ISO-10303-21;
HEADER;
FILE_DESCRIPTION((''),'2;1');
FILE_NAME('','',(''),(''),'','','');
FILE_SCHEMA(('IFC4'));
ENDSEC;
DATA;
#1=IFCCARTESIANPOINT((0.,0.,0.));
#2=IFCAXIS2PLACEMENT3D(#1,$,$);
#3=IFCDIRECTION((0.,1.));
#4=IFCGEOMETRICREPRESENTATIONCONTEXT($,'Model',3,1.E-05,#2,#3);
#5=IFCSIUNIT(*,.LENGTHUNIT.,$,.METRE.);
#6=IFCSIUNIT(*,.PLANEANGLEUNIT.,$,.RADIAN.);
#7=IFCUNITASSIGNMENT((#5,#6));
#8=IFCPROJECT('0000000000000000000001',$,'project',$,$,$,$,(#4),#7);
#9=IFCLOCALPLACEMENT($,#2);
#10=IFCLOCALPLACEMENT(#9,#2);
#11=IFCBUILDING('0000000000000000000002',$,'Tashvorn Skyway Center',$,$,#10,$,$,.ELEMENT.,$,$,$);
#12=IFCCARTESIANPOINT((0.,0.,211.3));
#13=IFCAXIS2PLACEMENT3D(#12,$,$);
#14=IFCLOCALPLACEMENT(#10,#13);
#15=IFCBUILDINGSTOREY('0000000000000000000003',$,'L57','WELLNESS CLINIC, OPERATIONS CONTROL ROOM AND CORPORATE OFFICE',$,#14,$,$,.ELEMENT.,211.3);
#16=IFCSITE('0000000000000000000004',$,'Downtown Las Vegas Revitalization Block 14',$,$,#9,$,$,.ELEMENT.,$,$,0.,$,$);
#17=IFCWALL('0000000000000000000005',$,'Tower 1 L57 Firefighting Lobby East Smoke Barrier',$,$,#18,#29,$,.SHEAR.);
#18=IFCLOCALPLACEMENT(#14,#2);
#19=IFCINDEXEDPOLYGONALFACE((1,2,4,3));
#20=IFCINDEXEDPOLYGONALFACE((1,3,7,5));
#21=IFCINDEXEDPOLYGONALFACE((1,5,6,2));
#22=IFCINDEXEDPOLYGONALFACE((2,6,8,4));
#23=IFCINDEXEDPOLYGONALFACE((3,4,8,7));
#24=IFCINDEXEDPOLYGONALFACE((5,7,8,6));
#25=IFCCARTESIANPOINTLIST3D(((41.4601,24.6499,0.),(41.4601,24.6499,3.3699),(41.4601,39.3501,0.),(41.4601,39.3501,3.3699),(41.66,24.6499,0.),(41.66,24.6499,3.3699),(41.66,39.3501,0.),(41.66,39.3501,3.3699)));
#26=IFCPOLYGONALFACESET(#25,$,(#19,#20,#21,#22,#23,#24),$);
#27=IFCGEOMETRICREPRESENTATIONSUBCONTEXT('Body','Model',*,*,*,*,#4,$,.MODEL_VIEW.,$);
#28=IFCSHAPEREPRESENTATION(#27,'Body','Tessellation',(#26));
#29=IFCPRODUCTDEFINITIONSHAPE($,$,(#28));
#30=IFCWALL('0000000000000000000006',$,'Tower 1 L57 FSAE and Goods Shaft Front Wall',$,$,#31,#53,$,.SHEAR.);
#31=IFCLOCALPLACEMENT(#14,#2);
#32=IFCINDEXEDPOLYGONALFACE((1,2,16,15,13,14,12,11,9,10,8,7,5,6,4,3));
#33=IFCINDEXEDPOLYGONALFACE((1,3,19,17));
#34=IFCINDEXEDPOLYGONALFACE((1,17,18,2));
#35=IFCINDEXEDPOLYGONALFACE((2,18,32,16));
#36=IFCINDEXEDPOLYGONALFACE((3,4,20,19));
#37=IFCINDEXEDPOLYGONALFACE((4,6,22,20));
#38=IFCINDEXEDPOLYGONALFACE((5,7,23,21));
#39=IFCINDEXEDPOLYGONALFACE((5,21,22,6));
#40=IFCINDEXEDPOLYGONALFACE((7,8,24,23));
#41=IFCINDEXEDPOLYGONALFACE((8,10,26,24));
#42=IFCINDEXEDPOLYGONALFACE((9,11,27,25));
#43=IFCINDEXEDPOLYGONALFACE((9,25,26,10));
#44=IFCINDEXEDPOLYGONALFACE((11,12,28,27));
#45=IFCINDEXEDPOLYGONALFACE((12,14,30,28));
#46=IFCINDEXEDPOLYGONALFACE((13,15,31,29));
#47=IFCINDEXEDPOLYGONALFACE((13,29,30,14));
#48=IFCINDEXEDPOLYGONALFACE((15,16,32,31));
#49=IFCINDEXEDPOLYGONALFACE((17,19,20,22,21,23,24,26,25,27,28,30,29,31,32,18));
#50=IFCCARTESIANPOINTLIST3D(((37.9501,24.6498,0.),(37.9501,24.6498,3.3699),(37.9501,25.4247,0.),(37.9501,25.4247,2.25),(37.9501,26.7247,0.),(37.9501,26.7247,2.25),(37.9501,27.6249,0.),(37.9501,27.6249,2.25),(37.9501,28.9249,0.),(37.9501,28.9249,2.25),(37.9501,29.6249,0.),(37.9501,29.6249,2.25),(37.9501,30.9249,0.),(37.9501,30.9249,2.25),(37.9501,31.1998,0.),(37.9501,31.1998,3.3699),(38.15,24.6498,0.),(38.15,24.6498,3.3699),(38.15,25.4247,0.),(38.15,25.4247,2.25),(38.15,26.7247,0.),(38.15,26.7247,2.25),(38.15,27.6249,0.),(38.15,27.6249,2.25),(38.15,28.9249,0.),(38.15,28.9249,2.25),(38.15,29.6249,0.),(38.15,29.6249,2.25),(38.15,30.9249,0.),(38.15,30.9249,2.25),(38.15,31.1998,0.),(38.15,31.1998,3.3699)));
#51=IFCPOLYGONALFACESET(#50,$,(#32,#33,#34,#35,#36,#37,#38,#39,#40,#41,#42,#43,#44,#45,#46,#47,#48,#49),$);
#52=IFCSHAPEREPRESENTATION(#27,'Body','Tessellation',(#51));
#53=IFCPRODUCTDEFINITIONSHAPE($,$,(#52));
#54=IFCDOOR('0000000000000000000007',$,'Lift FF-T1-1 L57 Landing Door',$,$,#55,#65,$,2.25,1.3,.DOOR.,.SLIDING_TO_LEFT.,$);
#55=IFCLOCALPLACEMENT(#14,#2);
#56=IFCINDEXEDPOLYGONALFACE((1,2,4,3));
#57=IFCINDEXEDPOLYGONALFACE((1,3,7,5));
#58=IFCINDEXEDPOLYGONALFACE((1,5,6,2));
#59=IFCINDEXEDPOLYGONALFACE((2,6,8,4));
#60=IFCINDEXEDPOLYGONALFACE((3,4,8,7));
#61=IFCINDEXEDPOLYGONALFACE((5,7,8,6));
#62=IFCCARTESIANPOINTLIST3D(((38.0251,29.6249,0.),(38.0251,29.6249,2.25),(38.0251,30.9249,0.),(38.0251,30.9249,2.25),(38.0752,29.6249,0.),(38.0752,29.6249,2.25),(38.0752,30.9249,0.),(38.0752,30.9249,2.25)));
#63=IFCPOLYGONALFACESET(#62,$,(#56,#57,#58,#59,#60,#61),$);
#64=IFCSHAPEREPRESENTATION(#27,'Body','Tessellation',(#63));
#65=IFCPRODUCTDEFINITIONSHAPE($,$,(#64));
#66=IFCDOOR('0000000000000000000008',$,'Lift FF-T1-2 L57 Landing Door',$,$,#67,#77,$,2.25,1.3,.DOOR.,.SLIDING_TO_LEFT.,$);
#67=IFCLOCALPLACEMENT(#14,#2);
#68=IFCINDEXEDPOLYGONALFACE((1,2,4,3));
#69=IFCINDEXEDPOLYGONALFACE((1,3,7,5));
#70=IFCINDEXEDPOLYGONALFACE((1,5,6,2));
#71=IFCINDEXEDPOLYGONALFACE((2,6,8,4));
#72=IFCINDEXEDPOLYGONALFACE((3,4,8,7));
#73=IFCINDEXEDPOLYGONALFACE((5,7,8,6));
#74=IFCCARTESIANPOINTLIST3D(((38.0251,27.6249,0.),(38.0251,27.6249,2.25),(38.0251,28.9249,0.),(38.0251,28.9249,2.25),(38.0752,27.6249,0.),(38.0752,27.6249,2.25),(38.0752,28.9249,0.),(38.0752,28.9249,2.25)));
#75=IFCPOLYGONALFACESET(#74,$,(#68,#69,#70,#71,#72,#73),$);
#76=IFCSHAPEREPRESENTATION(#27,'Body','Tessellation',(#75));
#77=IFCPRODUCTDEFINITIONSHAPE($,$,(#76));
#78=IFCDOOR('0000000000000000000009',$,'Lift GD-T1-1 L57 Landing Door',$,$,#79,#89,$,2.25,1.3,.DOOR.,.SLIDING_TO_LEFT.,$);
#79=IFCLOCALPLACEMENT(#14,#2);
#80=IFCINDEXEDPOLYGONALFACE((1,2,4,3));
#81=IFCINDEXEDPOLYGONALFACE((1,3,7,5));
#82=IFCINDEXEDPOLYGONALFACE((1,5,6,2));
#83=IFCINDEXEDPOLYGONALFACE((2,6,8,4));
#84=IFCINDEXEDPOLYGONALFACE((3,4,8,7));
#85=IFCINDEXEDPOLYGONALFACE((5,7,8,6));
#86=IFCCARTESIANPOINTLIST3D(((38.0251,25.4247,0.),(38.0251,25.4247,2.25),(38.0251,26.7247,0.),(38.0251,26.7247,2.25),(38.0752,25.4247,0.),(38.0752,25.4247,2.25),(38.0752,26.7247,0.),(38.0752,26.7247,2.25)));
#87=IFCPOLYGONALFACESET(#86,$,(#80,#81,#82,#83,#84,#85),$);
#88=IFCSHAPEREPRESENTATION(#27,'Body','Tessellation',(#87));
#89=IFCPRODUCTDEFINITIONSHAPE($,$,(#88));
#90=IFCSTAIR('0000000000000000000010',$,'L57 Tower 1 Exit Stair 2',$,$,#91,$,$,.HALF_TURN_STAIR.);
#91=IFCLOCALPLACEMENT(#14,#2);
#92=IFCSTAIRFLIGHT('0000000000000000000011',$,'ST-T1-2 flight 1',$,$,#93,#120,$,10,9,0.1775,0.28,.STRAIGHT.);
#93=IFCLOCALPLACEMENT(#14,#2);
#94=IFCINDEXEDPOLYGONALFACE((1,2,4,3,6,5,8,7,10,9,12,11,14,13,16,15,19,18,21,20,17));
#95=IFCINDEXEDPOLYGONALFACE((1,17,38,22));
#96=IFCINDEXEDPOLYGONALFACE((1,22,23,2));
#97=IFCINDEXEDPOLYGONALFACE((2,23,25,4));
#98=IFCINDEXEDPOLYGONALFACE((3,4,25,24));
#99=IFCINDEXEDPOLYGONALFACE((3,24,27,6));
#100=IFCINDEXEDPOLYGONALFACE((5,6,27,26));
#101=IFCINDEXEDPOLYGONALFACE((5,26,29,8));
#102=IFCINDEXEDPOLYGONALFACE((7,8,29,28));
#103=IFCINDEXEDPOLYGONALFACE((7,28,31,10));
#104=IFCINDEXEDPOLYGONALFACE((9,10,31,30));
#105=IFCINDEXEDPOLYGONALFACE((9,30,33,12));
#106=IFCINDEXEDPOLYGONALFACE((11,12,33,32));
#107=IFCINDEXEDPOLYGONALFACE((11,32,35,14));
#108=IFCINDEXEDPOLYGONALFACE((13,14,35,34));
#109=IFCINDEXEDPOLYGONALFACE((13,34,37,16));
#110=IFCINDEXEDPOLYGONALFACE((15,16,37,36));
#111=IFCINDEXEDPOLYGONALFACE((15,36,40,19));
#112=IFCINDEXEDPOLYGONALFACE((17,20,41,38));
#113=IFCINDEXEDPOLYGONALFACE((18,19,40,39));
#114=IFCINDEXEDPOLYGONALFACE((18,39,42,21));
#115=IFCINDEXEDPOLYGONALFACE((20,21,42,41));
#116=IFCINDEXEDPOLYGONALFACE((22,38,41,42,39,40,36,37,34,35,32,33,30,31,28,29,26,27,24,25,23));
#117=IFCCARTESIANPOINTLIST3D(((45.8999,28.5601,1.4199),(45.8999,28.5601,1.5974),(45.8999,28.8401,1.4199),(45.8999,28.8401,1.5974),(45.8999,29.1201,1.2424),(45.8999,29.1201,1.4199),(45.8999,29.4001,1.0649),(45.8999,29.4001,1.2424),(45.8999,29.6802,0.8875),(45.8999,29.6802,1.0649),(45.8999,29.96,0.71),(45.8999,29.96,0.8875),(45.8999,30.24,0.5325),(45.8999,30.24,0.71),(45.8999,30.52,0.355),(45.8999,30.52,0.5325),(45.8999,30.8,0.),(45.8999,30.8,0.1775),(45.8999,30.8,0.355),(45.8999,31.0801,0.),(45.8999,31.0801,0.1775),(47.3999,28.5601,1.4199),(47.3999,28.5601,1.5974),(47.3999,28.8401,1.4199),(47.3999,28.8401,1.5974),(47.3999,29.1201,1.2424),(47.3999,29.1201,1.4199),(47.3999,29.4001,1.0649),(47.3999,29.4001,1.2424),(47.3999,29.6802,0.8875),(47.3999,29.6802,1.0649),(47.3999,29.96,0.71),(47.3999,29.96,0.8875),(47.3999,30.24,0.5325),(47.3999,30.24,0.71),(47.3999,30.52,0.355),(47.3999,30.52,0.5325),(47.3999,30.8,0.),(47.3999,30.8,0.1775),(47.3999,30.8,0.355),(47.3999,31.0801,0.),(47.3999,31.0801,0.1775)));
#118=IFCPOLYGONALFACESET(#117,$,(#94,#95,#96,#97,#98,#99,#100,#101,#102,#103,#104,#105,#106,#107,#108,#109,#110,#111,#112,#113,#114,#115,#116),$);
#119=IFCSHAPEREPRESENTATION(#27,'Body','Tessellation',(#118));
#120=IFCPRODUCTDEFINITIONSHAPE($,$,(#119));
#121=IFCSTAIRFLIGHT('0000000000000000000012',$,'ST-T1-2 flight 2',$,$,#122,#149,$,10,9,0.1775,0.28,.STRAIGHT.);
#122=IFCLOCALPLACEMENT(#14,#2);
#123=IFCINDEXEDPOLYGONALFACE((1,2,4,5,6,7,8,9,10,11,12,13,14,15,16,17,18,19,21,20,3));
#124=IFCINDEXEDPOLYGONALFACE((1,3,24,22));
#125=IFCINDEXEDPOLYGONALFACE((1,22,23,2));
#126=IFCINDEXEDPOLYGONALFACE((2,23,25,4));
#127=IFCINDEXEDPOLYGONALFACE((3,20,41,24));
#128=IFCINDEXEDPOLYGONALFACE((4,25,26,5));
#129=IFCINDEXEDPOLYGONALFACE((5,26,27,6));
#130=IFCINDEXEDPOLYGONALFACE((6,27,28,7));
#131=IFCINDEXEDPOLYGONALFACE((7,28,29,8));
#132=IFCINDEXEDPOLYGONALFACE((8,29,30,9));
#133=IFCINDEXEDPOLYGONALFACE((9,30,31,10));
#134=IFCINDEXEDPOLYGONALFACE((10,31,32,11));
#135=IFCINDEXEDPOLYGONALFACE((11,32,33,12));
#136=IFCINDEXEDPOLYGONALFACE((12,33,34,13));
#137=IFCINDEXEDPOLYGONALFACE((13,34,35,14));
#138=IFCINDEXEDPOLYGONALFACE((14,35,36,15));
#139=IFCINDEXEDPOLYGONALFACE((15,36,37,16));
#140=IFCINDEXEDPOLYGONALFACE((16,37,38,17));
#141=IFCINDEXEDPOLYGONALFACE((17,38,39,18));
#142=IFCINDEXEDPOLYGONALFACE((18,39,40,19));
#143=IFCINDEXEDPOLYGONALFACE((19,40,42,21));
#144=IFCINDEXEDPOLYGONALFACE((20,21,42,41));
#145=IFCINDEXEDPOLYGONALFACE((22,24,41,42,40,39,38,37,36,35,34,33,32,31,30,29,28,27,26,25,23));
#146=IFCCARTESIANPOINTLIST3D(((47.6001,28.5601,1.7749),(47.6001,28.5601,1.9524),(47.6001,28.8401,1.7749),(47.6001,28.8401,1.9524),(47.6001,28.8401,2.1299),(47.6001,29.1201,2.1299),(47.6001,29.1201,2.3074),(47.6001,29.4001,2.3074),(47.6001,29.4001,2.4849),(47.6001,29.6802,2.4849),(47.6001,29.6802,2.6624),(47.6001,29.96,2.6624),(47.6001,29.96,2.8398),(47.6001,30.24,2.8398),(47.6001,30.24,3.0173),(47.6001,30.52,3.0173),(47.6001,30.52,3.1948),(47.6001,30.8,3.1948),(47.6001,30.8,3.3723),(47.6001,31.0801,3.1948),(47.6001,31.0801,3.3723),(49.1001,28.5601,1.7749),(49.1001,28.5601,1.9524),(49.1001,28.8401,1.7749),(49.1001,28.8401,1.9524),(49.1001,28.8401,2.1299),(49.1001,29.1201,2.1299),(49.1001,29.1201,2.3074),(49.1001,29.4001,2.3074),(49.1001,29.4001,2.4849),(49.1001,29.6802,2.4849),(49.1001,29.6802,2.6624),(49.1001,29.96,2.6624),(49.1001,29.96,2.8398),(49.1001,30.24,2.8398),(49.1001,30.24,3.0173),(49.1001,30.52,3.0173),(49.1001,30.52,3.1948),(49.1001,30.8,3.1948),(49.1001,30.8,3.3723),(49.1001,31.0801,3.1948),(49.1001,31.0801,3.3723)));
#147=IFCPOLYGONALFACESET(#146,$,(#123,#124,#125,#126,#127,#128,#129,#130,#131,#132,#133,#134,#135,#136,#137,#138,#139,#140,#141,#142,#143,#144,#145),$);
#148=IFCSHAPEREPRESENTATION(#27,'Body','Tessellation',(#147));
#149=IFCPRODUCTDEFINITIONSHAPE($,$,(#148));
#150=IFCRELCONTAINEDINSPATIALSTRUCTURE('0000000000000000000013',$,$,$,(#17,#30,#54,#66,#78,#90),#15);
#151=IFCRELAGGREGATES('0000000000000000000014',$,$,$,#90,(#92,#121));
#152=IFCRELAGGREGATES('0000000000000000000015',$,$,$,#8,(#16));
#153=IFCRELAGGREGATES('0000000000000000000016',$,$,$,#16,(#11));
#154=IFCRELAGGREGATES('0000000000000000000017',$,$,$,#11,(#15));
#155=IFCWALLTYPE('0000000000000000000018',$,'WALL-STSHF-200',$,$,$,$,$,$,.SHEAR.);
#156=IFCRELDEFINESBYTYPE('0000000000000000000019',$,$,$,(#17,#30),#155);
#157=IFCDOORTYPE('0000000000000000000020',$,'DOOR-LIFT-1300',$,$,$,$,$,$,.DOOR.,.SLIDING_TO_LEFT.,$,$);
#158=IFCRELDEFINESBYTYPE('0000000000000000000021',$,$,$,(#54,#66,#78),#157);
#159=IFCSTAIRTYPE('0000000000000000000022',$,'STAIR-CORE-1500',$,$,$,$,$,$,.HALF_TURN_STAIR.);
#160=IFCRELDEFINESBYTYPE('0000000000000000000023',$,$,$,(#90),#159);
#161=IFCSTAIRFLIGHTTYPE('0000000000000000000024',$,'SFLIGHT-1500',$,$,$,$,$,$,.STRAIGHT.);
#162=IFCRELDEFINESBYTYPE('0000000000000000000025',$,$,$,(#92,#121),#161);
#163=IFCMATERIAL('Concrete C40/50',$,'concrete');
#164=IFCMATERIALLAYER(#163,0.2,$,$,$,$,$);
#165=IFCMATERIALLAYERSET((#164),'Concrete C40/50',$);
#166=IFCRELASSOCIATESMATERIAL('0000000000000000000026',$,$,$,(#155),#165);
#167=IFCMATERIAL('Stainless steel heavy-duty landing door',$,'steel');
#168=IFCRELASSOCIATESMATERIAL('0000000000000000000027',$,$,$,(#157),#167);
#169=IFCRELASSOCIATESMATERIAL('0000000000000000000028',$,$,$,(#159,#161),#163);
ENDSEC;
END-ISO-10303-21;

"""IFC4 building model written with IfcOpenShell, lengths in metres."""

from ifc_helpers import new_model, si_unit, direction, frame, frame_2d, origin, place, context, subcontext, project, spatial, polyline, rectangle, outline, extrude, material, layer, layer_set, type_object, element, fill, aggregate, save


model = new_model("IFC4")

# Units and contexts
model_context = context("Model", 3, precision=1e-05, world=origin(), true_north=direction((0.0, 1.0)))
body_context = subcontext(model_context, "Body", "Model", "MODEL_VIEW")
ifc_project = project(units=[si_unit("LENGTHUNIT", "METRE"), si_unit("PLANEANGLEUNIT", "RADIAN")], contexts=[model_context])

# Site, building, storey
site_placement = place(None, origin())
site = spatial("IfcSite", under=ifc_project, at=site_placement, Name="Downtown Las Vegas Revitalization Block 14", CompositionType="ELEMENT", RefElevation=0.0)
building_placement = place(site_placement, origin())
building = spatial("IfcBuilding", under=site, at=building_placement, Name="Tashvorn Skyway Center", CompositionType="ELEMENT")
storey_placement = place(building_placement, frame((0.0, 0.0, 211.3)))
storey = spatial("IfcBuildingStorey", under=building, at=storey_placement, Name="L57", Description="WELLNESS CLINIC, OPERATIONS CONTROL ROOM AND CORPORATE OFFICE", CompositionType="ELEMENT", Elevation=211.3)

# Shared definitions
ifc_material_1 = material(Name="Concrete C40/50", Category="concrete")

# Shared definitions
ifc_layer_1 = layer(ifc_material_1, 0.2)
ifc_layer_set_1 = layer_set([ifc_layer_1], Name="Concrete C40/50")
wall_type_1 = type_object("IfcWallType", Name="WALL-STSHF-200", PredefinedType="SHEAR", material=ifc_layer_set_1)

# Wall
wall_1_placement = place(storey_placement, frame((41.5601, 24.6499, 0.0), z_axis=(0.0, 0.0, 1.0), x_axis=(0.0, 1.0, 0.0)))
element("IfcWall", 1, at=wall_1_placement, inside=storey, type_object=wall_type_1, Name="Tower 1 L57 Firefighting Lobby East Smoke Barrier", PredefinedType="SHEAR", context=body_context, shape_type="SweptSolid", body=[
    extrude(rectangle(XDim=14.7002, YDim=0.2, at=frame_2d((7.3501, 0.0))), origin(), (0.0, 0.0, 1.0), 3.3699),
])

# Wall, openings, doors
wall_2_placement = place(storey_placement, frame((38.05, 24.6499, 0.0), z_axis=(0.0, 0.0, 1.0), x_axis=(0.0, 1.0, 0.0)))
wall_2 = element("IfcWall", 2, at=wall_2_placement, inside=storey, type_object=wall_type_1, Name="Tower 1 L57 FSAE and Goods Shaft Front Wall", PredefinedType="SHEAR", context=body_context, shape_type="SweptSolid", body=[
    extrude(rectangle(XDim=6.55, YDim=0.2, at=frame_2d((3.2749, 0.0))), origin(), (0.0, 0.0, 1.0), 3.3699),
])
opening_1_placement = place(wall_2_placement, frame((4.9751, 0.0, 0.0)))
opening_1 = element("IfcOpeningElement", 3, at=opening_1_placement, cuts=wall_2, PredefinedType="OPENING", context=body_context, shape_type="SweptSolid", body=[
    extrude(rectangle(XDim=1.3, YDim=2.25, at=frame_2d((0.6499, 1.125))), frame((0.0, 0.1099, 0.0), z_axis=(0.0, -1.0, 0.0), x_axis=(1.0, 0.0, 0.0)), (0.0, 0.0, 1.0), 0.22),
])
opening_2_placement = place(wall_2_placement, frame((2.9751, 0.0, 0.0)))
opening_2 = element("IfcOpeningElement", 4, at=opening_2_placement, cuts=wall_2, PredefinedType="OPENING", context=body_context, shape_type="SweptSolid", body=[
    extrude(rectangle(XDim=1.3, YDim=2.25, at=frame_2d((0.6499, 1.125))), frame((0.0, 0.1099, 0.0), z_axis=(0.0, -1.0, 0.0), x_axis=(1.0, 0.0, 0.0)), (0.0, 0.0, 1.0), 0.22),
])
opening_3_placement = place(wall_2_placement, frame((0.7749, 0.0, 0.0)))
opening_3 = element("IfcOpeningElement", 5, at=opening_3_placement, cuts=wall_2, PredefinedType="OPENING", context=body_context, shape_type="SweptSolid", body=[
    extrude(rectangle(XDim=1.3, YDim=2.25, at=frame_2d((0.6499, 1.125))), frame((0.0, 0.1099, 0.0), z_axis=(0.0, -1.0, 0.0), x_axis=(1.0, 0.0, 0.0)), (0.0, 0.0, 1.0), 0.22),
])
ifc_material_2 = material(Name="Stainless steel heavy-duty landing door", Category="steel")
door_type_1 = type_object("IfcDoorType", Name="DOOR-LIFT-1300", OperationType="SLIDING_TO_LEFT", PredefinedType="DOOR", material=ifc_material_2)
door_1_placement = place(opening_1_placement, origin())
door_1 = element("IfcDoor", 6, at=door_1_placement, inside=storey, type_object=door_type_1, Name="Lift FF-T1-1 L57 Landing Door", OperationType="SLIDING_TO_LEFT", OverallHeight=2.25, OverallWidth=1.3, PredefinedType="DOOR", context=body_context, shape_type="SweptSolid", body=[
    extrude(rectangle(XDim=1.3, YDim=2.25, at=frame_2d((0.6499, 1.125))), frame((0.0, 0.0249, 0.0), z_axis=(0.0, -1.0, 0.0), x_axis=(1.0, 0.0, 0.0)), (0.0, 0.0, 1.0), 0.05),
])
fill(opening_1, door_1)
door_2_placement = place(opening_2_placement, origin())
door_2 = element("IfcDoor", 7, at=door_2_placement, inside=storey, type_object=door_type_1, Name="Lift FF-T1-2 L57 Landing Door", OperationType="SLIDING_TO_LEFT", OverallHeight=2.25, OverallWidth=1.3, PredefinedType="DOOR", context=body_context, shape_type="SweptSolid", body=[
    extrude(rectangle(XDim=1.3, YDim=2.25, at=frame_2d((0.6499, 1.125))), frame((0.0, 0.0249, 0.0), z_axis=(0.0, -1.0, 0.0), x_axis=(1.0, 0.0, 0.0)), (0.0, 0.0, 1.0), 0.05),
])
fill(opening_2, door_2)
door_3_placement = place(opening_3_placement, origin())
door_3 = element("IfcDoor", 8, at=door_3_placement, inside=storey, type_object=door_type_1, Name="Lift GD-T1-1 L57 Landing Door", OperationType="SLIDING_TO_LEFT", OverallHeight=2.25, OverallWidth=1.3, PredefinedType="DOOR", context=body_context, shape_type="SweptSolid", body=[
    extrude(rectangle(XDim=1.3, YDim=2.25, at=frame_2d((0.6499, 1.125))), frame((0.0, 0.0249, 0.0), z_axis=(0.0, -1.0, 0.0), x_axis=(1.0, 0.0, 0.0)), (0.0, 0.0, 1.0), 0.05),
])
fill(opening_3, door_3)

# Stair, stair flights
stair_type = type_object("IfcStairType", Name="STAIR-CORE-1500", PredefinedType="HALF_TURN_STAIR", material=ifc_material_1)
stair_placement = place(storey_placement, origin())
stair = element("IfcStair", 9, at=stair_placement, inside=storey, type_object=stair_type, Name="L57 Tower 1 Exit Stair 2", PredefinedType="HALF_TURN_STAIR")
stair_flight_type = type_object("IfcStairFlightType", Name="SFLIGHT-1500", PredefinedType="STRAIGHT", material=ifc_material_1)
stair_flight_1_placement = place(storey_placement, frame((46.6499, 31.0801, 0.0), z_axis=(0.0, 0.0, 1.0), x_axis=(0.0, -1.0, 0.0)))
stair_flight_1 = element("IfcStairFlight", 10, at=stair_flight_1_placement, type_object=stair_flight_type, Name="ST-T1-2 flight 1", NumberOfRisers=10, NumberOfTreads=9, PredefinedType="STRAIGHT", RiserHeight=0.1775, TreadLength=0.28, context=body_context, shape_type="SweptSolid", body=[
    extrude(outline(polyline([(0.0, 0.0), (0.0, 0.1775), (0.28, 0.1775), (0.28, 0.355), (0.5601, 0.355), (0.5601, 0.5325), (0.8401, 0.5325), (0.8401, 0.71), (1.1201, 0.71), (1.1201, 0.8875), (1.3999, 0.8875), (1.3999, 1.0649), (1.6799, 1.0649), (1.6799, 1.2424), (1.96, 1.2424), (1.96, 1.4199), (2.24, 1.4199), (2.24, 1.5974), (2.52, 1.5974), (2.52, 1.7749), (2.52, 1.4199), (0.28, 0.0), (0.0, 0.0)])), frame((0.0, 0.75, 0.0), z_axis=(0.0, -1.0, 0.0), x_axis=(1.0, 0.0, 0.0)), (0.0, 0.0, 1.0), 1.5),
])
stair_flight_2_placement = place(storey_placement, frame((48.3501, 28.5601, 1.7749), z_axis=(0.0, 0.0, 1.0), x_axis=(0.0, 1.0, 0.0)))
stair_flight_2 = element("IfcStairFlight", 11, at=stair_flight_2_placement, type_object=stair_flight_type, Name="ST-T1-2 flight 2", NumberOfRisers=10, NumberOfTreads=9, PredefinedType="STRAIGHT", RiserHeight=0.1775, TreadLength=0.28, context=body_context, shape_type="SweptSolid", body=[
    extrude(outline(polyline([(0.0, 0.0), (0.0, 0.1775), (0.28, 0.1775), (0.28, 0.355), (0.5601, 0.355), (0.5601, 0.5325), (0.8401, 0.5325), (0.8401, 0.71), (1.1201, 0.71), (1.1201, 0.8875), (1.3999, 0.8875), (1.3999, 1.0649), (1.6799, 1.0649), (1.6799, 1.2424), (1.96, 1.2424), (1.96, 1.4199), (2.24, 1.4199), (2.24, 1.5974), (2.52, 1.5974), (2.52, 1.7749), (2.52, 1.4199), (0.28, 0.0), (0.0, 0.0)])), frame((0.0, 0.75, 0.0), z_axis=(0.0, -1.0, 0.0), x_axis=(1.0, 0.0, 0.0)), (0.0, 0.0, 1.0), 1.5),
])
aggregate(stair, [stair_flight_1, stair_flight_2])

save(model, "model.ifc")
